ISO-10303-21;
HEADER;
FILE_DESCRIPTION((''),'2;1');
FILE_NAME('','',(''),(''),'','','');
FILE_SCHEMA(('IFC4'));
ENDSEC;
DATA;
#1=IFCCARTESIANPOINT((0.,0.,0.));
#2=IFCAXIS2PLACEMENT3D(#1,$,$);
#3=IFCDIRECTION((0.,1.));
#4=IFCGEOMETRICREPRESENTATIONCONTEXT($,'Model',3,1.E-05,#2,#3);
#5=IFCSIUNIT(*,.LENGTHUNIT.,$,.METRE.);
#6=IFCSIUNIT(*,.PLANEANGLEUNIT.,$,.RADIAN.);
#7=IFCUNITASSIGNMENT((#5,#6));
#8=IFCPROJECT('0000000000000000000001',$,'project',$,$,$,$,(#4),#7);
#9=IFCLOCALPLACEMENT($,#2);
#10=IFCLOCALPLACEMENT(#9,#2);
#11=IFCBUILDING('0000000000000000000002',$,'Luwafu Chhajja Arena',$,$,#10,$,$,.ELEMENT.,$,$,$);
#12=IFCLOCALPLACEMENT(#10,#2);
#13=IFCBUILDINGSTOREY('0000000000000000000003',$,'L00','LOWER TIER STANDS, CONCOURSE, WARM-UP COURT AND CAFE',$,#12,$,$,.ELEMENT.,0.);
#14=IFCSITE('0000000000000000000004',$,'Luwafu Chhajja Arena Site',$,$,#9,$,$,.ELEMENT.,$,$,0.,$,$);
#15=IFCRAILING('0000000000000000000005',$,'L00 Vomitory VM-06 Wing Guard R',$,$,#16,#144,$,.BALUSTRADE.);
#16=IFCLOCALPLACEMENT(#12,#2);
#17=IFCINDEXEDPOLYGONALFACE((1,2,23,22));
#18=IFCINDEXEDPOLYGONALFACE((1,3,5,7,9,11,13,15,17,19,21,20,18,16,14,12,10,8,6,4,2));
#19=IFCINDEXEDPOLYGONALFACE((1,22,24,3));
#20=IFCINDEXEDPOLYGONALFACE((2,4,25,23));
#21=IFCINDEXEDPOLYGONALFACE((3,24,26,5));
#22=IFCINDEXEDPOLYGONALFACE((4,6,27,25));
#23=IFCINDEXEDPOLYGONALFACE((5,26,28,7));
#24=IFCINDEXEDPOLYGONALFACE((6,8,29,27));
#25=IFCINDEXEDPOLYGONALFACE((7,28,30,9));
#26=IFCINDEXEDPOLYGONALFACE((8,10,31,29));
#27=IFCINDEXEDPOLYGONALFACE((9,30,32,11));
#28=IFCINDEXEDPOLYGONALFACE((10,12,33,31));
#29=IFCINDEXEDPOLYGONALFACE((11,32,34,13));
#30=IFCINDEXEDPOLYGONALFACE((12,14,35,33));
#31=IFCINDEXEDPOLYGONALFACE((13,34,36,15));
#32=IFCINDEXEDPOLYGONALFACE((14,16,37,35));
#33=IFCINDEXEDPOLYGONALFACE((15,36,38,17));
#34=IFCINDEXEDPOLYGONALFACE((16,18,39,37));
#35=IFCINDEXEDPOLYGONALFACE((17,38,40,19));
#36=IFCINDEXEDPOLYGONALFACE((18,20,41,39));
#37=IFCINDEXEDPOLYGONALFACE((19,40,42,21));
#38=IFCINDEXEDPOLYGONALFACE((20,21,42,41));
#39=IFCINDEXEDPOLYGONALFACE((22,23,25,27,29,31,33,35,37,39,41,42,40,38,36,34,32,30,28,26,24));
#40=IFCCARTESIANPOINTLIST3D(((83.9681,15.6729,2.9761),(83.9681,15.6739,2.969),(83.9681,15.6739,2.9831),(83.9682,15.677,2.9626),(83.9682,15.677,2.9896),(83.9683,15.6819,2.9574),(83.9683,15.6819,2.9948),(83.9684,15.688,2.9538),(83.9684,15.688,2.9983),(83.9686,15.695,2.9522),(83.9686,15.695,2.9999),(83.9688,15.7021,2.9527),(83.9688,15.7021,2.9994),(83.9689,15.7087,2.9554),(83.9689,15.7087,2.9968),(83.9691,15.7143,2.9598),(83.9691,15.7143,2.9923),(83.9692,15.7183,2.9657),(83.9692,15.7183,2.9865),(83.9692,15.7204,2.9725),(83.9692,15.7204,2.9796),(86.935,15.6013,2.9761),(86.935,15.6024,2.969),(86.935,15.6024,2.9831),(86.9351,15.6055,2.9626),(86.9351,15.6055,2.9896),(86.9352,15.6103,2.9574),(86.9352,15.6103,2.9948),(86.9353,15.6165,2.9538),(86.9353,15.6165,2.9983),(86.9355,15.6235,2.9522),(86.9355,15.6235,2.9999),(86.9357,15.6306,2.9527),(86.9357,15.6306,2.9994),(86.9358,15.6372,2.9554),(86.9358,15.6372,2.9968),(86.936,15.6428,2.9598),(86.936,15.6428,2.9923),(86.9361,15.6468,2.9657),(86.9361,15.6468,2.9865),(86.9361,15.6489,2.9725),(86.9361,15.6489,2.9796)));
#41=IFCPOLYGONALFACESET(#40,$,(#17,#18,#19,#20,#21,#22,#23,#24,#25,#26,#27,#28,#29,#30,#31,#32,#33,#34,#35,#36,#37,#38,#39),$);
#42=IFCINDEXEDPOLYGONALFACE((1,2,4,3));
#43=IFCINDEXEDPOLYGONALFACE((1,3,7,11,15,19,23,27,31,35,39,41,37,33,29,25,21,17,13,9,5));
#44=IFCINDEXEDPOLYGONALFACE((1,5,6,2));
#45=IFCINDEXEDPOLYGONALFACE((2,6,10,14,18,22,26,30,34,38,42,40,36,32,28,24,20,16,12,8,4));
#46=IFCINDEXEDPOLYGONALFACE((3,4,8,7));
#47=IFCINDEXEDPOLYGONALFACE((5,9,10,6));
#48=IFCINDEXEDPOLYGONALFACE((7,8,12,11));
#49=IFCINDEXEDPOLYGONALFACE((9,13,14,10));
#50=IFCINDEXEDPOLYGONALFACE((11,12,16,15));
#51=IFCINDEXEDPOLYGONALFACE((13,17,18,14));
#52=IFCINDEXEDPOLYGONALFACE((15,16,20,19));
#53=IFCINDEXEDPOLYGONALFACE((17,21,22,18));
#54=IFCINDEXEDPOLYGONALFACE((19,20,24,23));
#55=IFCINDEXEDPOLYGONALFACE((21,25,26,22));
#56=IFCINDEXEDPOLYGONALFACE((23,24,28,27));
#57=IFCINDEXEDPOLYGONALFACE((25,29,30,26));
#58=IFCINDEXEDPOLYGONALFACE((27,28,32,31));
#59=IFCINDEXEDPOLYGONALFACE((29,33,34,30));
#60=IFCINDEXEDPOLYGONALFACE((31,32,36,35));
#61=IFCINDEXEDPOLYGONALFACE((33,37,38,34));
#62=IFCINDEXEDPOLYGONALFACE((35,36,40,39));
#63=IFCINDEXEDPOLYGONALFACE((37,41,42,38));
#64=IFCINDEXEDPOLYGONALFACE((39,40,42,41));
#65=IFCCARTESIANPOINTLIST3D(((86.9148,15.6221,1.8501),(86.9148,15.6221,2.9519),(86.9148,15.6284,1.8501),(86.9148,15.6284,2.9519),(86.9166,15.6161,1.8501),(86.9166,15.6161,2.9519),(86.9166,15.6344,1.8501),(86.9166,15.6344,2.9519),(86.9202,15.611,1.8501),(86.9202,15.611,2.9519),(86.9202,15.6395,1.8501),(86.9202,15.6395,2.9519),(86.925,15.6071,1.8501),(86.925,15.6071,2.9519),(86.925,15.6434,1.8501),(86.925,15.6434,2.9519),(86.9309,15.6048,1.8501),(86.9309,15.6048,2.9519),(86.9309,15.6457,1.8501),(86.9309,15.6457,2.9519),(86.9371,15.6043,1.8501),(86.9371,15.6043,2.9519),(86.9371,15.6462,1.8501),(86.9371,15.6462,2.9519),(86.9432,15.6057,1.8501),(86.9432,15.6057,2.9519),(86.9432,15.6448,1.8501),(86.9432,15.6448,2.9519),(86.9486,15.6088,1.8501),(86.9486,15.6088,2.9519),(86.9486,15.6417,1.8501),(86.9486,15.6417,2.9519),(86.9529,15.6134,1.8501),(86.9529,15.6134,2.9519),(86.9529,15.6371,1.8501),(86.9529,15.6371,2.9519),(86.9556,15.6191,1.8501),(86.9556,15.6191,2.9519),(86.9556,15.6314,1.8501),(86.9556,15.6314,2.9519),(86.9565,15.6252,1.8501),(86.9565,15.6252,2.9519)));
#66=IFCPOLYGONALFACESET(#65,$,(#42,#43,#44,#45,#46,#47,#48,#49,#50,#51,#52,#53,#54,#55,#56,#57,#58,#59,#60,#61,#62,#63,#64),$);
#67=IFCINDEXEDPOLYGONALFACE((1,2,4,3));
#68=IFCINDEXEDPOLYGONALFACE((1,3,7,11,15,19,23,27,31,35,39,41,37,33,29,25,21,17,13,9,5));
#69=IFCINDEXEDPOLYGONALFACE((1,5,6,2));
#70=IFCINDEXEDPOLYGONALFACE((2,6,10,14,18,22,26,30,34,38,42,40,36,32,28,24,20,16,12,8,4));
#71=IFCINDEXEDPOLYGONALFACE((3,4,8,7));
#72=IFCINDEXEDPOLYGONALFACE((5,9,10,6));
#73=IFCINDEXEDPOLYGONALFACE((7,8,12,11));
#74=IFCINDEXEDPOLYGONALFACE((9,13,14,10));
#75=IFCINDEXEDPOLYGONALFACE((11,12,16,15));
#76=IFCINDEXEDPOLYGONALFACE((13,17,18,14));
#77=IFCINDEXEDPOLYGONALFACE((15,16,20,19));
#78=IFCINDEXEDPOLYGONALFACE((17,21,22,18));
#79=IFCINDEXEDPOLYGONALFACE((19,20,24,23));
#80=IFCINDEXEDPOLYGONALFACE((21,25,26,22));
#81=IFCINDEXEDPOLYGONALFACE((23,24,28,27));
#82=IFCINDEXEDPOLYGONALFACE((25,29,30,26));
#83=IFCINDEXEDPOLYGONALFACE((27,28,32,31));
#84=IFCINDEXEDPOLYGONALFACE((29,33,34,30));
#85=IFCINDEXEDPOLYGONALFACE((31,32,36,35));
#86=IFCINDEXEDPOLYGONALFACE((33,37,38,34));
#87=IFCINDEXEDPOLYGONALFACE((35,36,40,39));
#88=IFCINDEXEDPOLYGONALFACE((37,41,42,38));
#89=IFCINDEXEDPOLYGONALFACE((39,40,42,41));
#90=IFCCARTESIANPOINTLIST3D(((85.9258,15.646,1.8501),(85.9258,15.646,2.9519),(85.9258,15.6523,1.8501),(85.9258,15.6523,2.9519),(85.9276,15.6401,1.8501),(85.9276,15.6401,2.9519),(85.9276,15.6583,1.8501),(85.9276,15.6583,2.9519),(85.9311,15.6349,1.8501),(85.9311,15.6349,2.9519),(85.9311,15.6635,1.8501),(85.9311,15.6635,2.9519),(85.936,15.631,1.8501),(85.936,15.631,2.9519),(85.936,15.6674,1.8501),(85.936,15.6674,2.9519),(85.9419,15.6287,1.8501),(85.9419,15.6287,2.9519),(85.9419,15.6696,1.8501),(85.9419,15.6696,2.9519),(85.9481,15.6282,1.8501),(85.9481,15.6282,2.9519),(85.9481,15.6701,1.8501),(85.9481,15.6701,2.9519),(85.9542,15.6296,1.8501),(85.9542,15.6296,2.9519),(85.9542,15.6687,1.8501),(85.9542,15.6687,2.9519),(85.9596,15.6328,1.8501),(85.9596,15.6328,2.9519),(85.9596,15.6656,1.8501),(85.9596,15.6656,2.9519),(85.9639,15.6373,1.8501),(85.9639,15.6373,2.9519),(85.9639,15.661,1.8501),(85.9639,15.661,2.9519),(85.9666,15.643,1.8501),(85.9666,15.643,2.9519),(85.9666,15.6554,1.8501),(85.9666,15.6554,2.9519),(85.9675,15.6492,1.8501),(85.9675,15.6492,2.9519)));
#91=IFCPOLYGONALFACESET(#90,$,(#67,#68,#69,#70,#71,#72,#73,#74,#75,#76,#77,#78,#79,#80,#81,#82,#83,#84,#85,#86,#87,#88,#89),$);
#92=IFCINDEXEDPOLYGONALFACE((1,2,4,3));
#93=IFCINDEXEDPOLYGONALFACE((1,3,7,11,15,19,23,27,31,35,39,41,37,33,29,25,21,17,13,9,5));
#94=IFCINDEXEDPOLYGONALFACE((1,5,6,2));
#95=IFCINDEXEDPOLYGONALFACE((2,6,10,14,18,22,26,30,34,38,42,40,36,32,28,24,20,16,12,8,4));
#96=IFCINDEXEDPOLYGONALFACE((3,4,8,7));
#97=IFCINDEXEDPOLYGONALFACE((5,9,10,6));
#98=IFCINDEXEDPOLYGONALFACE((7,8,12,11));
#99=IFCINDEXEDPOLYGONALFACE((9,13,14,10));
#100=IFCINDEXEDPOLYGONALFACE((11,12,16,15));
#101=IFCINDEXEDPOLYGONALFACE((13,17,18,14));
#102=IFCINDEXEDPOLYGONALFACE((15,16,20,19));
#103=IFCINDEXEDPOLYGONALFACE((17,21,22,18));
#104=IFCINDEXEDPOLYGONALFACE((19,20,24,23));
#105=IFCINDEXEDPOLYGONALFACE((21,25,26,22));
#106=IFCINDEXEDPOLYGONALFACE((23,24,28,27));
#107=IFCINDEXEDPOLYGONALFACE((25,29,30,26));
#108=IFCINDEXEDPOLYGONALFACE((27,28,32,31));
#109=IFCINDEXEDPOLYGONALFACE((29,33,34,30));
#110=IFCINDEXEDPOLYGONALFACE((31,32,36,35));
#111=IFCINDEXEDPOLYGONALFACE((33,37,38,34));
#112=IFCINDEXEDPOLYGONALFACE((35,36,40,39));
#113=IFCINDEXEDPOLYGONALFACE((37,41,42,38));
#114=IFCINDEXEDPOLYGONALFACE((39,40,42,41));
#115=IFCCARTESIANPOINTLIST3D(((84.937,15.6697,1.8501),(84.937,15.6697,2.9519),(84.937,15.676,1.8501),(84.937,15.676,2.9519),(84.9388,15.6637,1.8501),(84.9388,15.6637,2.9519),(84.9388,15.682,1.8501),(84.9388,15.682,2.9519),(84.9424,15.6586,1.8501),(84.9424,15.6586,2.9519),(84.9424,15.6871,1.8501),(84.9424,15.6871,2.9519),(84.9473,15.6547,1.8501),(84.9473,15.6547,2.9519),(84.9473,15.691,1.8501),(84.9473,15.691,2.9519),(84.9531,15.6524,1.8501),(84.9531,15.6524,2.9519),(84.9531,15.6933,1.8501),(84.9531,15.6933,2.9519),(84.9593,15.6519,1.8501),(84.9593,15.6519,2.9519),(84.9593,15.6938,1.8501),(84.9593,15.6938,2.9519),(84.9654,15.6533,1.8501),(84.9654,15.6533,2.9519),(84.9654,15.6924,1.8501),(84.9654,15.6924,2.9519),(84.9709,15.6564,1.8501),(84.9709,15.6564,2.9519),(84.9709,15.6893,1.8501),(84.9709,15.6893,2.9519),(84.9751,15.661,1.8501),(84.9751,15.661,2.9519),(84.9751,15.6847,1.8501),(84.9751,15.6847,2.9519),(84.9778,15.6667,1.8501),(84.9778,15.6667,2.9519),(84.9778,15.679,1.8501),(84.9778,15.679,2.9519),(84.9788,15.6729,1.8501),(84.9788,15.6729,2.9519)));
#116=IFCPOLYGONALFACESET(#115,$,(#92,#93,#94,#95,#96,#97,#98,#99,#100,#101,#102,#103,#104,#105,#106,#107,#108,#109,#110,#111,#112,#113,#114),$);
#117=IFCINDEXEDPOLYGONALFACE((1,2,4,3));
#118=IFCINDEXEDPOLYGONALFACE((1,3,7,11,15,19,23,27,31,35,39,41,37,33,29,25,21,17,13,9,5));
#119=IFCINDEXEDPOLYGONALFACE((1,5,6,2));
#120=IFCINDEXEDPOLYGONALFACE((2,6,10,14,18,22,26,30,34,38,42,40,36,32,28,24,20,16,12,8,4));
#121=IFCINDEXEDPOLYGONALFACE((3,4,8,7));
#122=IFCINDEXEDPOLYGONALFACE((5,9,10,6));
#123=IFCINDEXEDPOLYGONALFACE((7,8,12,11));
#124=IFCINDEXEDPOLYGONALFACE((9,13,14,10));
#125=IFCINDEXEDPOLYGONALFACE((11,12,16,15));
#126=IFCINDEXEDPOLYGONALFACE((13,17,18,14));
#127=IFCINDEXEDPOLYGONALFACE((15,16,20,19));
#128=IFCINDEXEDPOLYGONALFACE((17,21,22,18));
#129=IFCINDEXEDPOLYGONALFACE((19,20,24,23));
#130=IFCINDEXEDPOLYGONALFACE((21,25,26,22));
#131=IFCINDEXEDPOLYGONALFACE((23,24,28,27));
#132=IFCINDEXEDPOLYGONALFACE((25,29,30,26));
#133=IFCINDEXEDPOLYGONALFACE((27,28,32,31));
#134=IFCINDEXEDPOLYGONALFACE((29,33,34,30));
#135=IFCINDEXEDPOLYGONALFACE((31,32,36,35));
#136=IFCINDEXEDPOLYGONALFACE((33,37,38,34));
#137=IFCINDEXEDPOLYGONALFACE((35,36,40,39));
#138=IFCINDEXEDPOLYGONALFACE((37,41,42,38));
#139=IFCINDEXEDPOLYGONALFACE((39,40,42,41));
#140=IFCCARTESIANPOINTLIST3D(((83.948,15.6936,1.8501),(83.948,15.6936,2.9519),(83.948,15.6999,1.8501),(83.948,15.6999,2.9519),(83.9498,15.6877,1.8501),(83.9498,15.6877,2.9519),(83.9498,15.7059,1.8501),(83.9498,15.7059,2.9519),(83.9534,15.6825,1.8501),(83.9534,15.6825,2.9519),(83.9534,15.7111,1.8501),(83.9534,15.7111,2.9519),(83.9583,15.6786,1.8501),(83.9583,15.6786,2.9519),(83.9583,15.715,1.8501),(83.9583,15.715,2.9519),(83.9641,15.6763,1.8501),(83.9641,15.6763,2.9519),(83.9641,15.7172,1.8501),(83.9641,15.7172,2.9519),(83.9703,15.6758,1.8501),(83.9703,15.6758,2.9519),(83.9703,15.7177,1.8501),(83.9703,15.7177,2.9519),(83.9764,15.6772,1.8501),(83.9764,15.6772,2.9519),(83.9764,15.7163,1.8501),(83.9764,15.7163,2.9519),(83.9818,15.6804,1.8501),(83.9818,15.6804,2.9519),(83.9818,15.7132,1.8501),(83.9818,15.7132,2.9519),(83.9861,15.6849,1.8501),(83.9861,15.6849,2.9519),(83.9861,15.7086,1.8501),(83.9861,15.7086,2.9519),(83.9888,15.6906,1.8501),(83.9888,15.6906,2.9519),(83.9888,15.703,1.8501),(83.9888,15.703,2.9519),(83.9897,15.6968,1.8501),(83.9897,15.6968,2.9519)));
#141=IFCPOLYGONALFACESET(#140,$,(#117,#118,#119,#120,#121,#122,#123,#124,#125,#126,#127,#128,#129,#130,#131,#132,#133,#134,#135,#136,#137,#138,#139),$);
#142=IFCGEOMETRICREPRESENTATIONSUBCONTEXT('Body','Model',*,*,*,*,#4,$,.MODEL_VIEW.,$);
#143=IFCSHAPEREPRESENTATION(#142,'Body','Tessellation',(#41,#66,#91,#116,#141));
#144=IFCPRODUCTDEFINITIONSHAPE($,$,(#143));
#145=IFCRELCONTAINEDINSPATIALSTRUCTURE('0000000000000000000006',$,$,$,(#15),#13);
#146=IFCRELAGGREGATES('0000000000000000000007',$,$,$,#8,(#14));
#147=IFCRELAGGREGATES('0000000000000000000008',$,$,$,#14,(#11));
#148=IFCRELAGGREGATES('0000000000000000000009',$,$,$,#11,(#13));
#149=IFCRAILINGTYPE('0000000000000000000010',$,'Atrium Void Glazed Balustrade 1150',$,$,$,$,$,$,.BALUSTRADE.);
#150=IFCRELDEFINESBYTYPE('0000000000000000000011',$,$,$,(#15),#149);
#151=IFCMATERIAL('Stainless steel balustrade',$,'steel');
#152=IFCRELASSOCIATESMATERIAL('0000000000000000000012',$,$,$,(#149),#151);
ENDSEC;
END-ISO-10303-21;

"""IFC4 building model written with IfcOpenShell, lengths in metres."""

from ifc_helpers import new_model, si_unit, direction, frame, origin, origin_2d, place, context, subcontext, project, spatial, circle, extrude, material, type_object, element, save


model = new_model("IFC4")

# Units and contexts
model_context = context("Model", 3, precision=1e-05, world=origin(), true_north=direction((0.0, 1.0)))
body_context = subcontext(model_context, "Body", "Model", "MODEL_VIEW")
ifc_project = project(units=[si_unit("LENGTHUNIT", "METRE"), si_unit("PLANEANGLEUNIT", "RADIAN")], contexts=[model_context])

# Site, building, storey
site_placement = place(None, origin())
site = spatial("IfcSite", under=ifc_project, at=site_placement, Name="Luwafu Chhajja Arena Site", CompositionType="ELEMENT", RefElevation=0.0)
building_placement = place(site_placement, origin())
building = spatial("IfcBuilding", under=site, at=building_placement, Name="Luwafu Chhajja Arena", CompositionType="ELEMENT")
storey_placement = place(building_placement, origin())
storey = spatial("IfcBuildingStorey", under=building, at=storey_placement, Name="L00", Description="LOWER TIER STANDS, CONCOURSE, WARM-UP COURT AND CAFE", CompositionType="ELEMENT", Elevation=0.0)

# Railing
ifc_material_1 = material(Name="Stainless steel balustrade", Category="steel")
railing_type_1 = type_object("IfcRailingType", Name="Atrium Void Glazed Balustrade 1150", PredefinedType="BALUSTRADE", material=ifc_material_1)
for number, where, name in (
    (1, (86.9355, 15.6252, 1.8501), "L00 Vomitory VM-06 Wing Guard R"),
):
    element("IfcRailing", number, at=place(storey_placement, frame(where)), inside=storey, type_object=railing_type_1, Name=name, PredefinedType="BALUSTRADE", context=body_context, shape_type="SweptSolid", body=[
        extrude(circle(Radius=0.0239, at=origin_2d()), frame((0.0, 0.0, 1.126), z_axis=(-0.999709, 0.024104, 0.0), x_axis=(-0.024104, -0.999709, 0.0)), (0.0, 0.0, 1.0), 2.9678),
        extrude(circle(Radius=0.021, at=origin_2d()), origin(), (0.0, 0.0, 1.0), 1.1018),
        extrude(circle(Radius=0.021, at=origin_2d()), frame((-0.989, 0.0239, 0.0)), (0.0, 0.0, 1.0), 1.1018),
        extrude(circle(Radius=0.021, at=origin_2d()), frame((-1.9778, 0.0476, 0.0)), (0.0, 0.0, 1.0), 1.1018),
        extrude(circle(Radius=0.021, at=origin_2d()), frame((-2.9668, 0.0715, 0.0)), (0.0, 0.0, 1.0), 1.1018),
    ])

save(model, "model.ifc")
